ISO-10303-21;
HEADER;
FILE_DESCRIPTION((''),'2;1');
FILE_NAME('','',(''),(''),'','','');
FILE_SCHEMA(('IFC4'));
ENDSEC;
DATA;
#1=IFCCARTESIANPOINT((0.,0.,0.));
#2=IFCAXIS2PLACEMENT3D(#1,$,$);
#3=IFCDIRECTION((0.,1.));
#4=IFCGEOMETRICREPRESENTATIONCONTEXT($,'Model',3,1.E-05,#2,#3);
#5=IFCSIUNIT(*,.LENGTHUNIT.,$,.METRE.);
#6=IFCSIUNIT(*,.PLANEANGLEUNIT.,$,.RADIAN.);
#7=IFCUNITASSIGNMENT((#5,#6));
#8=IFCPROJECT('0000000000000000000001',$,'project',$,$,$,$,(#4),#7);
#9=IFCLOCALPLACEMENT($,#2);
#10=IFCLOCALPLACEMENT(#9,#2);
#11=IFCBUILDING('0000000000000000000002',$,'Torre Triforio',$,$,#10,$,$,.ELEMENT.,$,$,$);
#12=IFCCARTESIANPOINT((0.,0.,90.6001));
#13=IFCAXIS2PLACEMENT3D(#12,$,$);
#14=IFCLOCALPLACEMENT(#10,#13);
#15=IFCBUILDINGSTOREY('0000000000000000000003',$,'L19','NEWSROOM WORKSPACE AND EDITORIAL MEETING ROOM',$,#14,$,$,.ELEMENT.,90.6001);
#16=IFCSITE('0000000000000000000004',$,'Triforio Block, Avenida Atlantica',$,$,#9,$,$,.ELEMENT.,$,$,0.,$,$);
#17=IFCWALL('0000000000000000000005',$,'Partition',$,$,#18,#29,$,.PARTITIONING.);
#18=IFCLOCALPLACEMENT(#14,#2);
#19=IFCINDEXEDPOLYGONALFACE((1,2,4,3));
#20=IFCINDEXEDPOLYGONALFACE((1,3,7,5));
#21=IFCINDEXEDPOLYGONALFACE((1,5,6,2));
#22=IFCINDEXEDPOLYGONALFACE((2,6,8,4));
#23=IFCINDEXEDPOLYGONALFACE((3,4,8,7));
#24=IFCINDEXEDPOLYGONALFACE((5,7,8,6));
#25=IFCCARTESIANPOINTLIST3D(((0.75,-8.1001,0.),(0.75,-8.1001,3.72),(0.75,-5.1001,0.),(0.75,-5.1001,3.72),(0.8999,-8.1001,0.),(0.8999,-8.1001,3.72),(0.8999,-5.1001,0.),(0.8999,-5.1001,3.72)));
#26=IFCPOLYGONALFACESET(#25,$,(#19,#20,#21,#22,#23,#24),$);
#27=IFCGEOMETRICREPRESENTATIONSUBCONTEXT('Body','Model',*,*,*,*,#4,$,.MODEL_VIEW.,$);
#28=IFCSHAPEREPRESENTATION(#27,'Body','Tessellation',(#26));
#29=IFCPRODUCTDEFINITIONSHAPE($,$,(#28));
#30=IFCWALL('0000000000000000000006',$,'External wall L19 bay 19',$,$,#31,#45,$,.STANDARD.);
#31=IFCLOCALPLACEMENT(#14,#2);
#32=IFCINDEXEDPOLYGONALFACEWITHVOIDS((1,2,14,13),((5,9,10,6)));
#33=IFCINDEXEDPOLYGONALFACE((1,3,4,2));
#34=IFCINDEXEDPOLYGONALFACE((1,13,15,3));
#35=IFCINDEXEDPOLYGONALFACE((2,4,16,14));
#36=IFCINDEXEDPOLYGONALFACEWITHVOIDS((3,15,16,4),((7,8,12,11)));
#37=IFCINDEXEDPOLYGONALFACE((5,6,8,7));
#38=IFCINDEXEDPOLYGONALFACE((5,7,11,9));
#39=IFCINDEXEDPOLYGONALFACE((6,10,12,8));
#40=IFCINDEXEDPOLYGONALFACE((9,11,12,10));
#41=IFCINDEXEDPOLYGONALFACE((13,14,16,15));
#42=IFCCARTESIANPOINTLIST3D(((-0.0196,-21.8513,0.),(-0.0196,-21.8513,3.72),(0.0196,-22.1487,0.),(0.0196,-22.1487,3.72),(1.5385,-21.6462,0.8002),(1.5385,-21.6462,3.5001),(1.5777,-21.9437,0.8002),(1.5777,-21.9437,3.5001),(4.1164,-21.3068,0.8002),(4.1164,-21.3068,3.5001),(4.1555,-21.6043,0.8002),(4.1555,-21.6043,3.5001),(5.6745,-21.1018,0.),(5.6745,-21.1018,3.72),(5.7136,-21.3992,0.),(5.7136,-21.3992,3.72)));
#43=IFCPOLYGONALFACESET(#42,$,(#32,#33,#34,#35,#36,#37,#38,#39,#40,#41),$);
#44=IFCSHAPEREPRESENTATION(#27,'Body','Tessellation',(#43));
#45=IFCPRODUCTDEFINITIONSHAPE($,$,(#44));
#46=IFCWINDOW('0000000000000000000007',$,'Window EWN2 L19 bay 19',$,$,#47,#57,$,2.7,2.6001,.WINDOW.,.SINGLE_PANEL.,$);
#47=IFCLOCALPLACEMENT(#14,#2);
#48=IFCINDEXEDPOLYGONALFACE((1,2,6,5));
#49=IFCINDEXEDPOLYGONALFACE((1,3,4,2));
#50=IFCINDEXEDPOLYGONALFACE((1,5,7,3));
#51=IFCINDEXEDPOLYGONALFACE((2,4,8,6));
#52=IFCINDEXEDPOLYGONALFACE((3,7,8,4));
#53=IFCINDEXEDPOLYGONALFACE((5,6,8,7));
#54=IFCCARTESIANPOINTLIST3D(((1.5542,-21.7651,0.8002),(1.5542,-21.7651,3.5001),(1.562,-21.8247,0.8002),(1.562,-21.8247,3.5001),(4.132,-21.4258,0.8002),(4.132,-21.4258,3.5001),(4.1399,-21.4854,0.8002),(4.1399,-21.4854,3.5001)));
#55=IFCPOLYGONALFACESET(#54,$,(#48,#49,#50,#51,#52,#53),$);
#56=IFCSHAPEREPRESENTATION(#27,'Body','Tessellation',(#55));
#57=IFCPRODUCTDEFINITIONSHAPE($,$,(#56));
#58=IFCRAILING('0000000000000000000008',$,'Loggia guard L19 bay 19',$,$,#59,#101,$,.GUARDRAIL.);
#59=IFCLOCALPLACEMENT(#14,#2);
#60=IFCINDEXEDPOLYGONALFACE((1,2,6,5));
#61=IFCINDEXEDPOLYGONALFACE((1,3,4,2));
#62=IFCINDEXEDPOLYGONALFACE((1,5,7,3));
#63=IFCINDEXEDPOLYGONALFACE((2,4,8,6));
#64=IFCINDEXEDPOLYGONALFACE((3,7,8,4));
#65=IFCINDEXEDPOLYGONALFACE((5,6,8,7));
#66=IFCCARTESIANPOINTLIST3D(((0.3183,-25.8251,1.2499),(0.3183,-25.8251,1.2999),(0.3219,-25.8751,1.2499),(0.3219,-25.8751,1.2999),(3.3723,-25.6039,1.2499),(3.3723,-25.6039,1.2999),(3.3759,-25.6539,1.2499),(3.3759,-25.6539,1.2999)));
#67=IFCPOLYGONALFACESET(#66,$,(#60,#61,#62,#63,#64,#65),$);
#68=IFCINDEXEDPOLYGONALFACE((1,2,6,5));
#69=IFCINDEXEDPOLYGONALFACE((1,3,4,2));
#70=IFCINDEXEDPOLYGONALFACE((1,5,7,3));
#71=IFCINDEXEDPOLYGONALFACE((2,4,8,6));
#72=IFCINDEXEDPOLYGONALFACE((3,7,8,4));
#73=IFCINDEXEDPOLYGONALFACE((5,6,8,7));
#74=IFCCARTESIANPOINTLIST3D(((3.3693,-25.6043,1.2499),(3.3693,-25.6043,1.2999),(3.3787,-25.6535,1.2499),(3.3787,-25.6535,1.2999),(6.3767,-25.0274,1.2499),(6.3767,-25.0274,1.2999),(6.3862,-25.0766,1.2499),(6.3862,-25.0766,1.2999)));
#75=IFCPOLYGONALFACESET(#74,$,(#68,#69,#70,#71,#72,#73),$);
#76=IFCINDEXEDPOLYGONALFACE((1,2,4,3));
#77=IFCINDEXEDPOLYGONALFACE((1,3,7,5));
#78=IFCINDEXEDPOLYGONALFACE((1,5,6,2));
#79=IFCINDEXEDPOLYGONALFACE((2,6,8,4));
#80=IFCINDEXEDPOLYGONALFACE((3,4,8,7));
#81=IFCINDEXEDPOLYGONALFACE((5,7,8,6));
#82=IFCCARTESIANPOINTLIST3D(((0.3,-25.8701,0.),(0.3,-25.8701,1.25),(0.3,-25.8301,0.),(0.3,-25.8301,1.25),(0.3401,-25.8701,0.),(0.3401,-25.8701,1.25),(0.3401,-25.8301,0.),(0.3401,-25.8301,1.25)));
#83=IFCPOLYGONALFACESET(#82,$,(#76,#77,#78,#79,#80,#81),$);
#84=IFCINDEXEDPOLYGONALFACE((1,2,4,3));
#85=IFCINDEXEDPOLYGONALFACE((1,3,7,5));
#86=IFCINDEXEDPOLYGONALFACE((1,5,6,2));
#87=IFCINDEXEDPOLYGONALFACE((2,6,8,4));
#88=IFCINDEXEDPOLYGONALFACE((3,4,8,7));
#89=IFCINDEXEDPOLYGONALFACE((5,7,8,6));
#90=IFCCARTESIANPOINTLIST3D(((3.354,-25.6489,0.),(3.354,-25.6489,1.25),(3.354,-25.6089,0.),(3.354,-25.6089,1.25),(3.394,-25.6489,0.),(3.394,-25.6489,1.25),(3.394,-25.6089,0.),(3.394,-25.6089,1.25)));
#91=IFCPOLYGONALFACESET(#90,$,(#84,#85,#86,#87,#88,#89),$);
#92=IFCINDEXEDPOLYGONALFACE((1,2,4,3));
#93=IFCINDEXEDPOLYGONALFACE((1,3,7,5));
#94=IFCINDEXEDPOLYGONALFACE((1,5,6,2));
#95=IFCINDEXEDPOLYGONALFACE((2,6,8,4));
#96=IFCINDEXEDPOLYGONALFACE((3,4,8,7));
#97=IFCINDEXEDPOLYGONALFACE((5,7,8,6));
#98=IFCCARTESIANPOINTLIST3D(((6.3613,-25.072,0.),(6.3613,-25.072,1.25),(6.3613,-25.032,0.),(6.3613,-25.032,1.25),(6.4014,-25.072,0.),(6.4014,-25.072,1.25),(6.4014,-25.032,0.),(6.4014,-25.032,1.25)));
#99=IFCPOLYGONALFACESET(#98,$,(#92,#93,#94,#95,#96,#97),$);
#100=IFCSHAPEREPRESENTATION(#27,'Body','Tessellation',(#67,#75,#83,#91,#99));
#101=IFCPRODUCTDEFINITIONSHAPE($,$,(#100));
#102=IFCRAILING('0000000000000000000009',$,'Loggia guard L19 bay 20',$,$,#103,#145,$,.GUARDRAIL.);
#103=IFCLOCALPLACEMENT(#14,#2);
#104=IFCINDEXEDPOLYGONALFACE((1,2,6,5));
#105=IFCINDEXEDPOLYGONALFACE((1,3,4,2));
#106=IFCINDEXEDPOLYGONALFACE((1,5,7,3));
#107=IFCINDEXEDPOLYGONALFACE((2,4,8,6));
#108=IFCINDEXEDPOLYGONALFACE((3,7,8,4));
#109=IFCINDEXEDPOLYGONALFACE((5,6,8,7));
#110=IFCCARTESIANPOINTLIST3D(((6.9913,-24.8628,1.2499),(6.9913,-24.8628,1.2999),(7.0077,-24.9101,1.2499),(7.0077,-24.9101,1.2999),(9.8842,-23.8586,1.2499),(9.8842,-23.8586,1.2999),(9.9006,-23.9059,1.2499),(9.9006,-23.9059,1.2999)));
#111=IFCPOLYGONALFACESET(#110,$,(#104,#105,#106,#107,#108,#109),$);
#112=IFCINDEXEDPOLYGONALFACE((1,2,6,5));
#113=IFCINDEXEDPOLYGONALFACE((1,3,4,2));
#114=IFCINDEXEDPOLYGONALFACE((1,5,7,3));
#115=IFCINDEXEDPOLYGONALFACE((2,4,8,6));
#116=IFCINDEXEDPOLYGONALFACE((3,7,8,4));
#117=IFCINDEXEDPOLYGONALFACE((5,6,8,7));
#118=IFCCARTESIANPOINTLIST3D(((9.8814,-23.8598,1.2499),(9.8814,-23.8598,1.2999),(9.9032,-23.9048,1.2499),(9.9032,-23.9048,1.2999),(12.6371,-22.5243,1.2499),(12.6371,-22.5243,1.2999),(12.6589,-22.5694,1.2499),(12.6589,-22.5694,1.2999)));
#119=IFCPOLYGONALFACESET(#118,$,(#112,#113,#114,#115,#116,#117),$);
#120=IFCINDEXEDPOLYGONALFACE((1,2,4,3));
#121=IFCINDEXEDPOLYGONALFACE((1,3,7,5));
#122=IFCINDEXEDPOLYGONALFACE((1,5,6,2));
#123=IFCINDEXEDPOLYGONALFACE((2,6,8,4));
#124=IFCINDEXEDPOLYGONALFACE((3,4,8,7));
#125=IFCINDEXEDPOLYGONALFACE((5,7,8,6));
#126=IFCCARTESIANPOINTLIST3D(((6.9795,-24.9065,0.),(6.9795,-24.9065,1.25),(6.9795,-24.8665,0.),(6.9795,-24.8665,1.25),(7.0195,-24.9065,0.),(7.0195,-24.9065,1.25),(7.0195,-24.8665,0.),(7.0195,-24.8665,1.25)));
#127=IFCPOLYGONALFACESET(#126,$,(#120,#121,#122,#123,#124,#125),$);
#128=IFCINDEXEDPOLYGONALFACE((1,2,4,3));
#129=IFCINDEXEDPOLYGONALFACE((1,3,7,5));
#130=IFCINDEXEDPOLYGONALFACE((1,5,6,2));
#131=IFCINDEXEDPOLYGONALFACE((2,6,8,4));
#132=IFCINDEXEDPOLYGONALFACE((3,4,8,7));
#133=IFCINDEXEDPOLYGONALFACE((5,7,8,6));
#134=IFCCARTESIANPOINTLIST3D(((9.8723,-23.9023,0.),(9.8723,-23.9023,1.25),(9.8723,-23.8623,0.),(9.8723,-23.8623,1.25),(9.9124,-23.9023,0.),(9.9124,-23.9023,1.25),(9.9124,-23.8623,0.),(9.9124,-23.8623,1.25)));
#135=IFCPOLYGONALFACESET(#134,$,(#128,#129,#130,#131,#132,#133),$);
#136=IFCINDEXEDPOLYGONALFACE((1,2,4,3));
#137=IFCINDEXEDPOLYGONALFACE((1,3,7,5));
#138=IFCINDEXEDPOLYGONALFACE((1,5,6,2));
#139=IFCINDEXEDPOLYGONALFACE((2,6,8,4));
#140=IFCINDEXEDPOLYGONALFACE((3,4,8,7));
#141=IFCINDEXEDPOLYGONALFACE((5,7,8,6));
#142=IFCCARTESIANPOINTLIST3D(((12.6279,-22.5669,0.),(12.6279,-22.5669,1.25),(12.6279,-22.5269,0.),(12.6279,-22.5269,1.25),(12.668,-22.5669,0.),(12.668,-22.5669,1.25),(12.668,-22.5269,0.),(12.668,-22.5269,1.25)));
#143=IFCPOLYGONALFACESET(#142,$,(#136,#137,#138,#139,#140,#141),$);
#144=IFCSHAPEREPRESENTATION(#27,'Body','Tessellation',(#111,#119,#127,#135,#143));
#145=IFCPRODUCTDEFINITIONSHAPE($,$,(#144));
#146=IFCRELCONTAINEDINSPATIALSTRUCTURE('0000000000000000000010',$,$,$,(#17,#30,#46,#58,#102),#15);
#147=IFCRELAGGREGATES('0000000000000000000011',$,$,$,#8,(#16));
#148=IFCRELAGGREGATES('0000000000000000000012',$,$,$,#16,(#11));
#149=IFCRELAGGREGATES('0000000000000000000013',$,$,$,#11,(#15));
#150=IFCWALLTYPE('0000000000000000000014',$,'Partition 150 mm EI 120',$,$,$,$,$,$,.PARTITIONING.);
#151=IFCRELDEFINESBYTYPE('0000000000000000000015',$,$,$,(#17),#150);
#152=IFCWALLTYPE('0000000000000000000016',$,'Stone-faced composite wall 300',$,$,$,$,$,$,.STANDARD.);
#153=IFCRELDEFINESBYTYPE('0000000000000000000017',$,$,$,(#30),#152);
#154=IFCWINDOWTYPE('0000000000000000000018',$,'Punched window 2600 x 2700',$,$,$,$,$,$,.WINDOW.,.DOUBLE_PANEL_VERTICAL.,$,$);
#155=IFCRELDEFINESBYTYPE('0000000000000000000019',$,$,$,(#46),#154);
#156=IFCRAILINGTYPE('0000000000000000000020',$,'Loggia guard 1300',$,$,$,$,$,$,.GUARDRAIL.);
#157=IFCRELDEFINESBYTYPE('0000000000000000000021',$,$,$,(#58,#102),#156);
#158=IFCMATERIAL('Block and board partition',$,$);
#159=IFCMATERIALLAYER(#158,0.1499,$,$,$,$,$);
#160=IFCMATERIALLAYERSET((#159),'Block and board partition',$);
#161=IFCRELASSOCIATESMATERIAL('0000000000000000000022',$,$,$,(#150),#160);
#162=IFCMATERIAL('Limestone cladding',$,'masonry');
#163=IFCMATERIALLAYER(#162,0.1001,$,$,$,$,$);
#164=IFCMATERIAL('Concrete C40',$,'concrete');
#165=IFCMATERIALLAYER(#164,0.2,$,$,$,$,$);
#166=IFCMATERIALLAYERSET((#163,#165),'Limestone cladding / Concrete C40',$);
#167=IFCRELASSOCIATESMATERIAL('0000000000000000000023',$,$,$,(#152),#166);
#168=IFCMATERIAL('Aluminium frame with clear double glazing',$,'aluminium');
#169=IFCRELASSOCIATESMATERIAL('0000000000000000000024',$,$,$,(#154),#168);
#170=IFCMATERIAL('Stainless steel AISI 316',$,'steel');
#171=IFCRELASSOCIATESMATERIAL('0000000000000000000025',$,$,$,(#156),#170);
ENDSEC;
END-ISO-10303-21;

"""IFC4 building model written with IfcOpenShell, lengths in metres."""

from ifc_helpers import new_model, si_unit, direction, frame, frame_2d, origin, origin_2d, place, context, subcontext, project, spatial, rectangle, extrude, material, layer, layer_set, type_object, element, fill, save


model = new_model("IFC4")

# Units and contexts
model_context = context("Model", 3, precision=1e-05, world=origin(), true_north=direction((0.0, 1.0)))
body_context = subcontext(model_context, "Body", "Model", "MODEL_VIEW")
ifc_project = project(units=[si_unit("LENGTHUNIT", "METRE"), si_unit("PLANEANGLEUNIT", "RADIAN")], contexts=[model_context])

# Site, building, storey
site_placement = place(None, origin())
site = spatial("IfcSite", under=ifc_project, at=site_placement, Name="Triforio Block, Avenida Atlantica", CompositionType="ELEMENT", RefElevation=0.0)
building_placement = place(site_placement, origin())
building = spatial("IfcBuilding", under=site, at=building_placement, Name="Torre Triforio", CompositionType="ELEMENT")
storey_placement = place(building_placement, frame((0.0, 0.0, 90.6001)))
storey = spatial("IfcBuildingStorey", under=building, at=storey_placement, Name="L19", Description="NEWSROOM WORKSPACE AND EDITORIAL MEETING ROOM", CompositionType="ELEMENT", Elevation=90.6001)

# Wall
ifc_material_1 = material(Name="Block and board partition")
ifc_layer_1 = layer(ifc_material_1, 0.1499)
ifc_layer_set_1 = layer_set([ifc_layer_1], Name="Block and board partition")
wall_type_1 = type_object("IfcWallType", Name="Partition 150 mm EI 120", PredefinedType="PARTITIONING", material=ifc_layer_set_1)
wall_1_placement = place(storey_placement, frame((0.825, -8.1001, 0.0), z_axis=(0.0, 0.0, 1.0), x_axis=(0.0, 1.0, 0.0)))
element("IfcWall", 1, at=wall_1_placement, inside=storey, type_object=wall_type_1, Name="Partition", PredefinedType="PARTITIONING", context=body_context, shape_type="SweptSolid", body=[
    extrude(rectangle(XDim=3.0, YDim=0.1499, at=frame_2d((1.5, 0.0))), origin(), (0.0, 0.0, 1.0), 3.72),
])

# Wall, opening, window
ifc_material_2 = material(Name="Limestone cladding", Category="masonry")
ifc_layer_2 = layer(ifc_material_2, 0.1001)
ifc_material_3 = material(Name="Concrete C40", Category="concrete")
ifc_layer_3 = layer(ifc_material_3, 0.2)
ifc_layer_set_2 = layer_set([ifc_layer_2, ifc_layer_3], Name="Limestone cladding / Concrete C40")
wall_type_2 = type_object("IfcWallType", Name="Stone-faced composite wall 300", PredefinedType="STANDARD", material=ifc_layer_set_2)
wall_2_placement = place(storey_placement, frame((0.0, -22.0, 0.0), z_axis=(0.0, 0.0, 1.0), x_axis=(0.991448, 0.130504, 0.0)))
wall_2 = element("IfcWall", 2, at=wall_2_placement, inside=storey, type_object=wall_type_2, Name="External wall L19 bay 19", PredefinedType="STANDARD", context=body_context, shape_type="SweptSolid", body=[
    extrude(rectangle(XDim=5.7432, YDim=0.3, at=frame_2d((2.8716, 0.0))), origin(), (0.0, 0.0, 1.0), 3.72),
])
opening_1_placement = place(wall_2_placement, frame((1.5715, 0.0, 0.8)))
opening_1 = element("IfcOpeningElement", 3, at=opening_1_placement, cuts=wall_2, PredefinedType="OPENING", context=body_context, shape_type="SweptSolid", body=[
    extrude(rectangle(XDim=2.6001, YDim=2.7, at=frame_2d((1.3, 1.3501))), frame((0.0, 0.1599, 0.0), z_axis=(0.0, -1.0, 0.0), x_axis=(1.0, 0.0, 0.0)), (0.0, 0.0, 1.0), 0.3201),
])
ifc_material_4 = material(Name="Aluminium frame with clear double glazing", Category="aluminium")
window_type_1 = type_object("IfcWindowType", Name="Punched window 2600 x 2700", PartitioningType="DOUBLE_PANEL_VERTICAL", PredefinedType="WINDOW", material=ifc_material_4)
window_1_placement = place(opening_1_placement, origin())
window_1 = element("IfcWindow", 4, at=window_1_placement, inside=storey, type_object=window_type_1, Name="Window EWN2 L19 bay 19", OverallHeight=2.7, OverallWidth=2.6001, PartitioningType="SINGLE_PANEL", PredefinedType="WINDOW", context=body_context, shape_type="SweptSolid", body=[
    extrude(rectangle(XDim=2.6001, YDim=2.7, at=frame_2d((1.3, 1.3501))), frame((0.0, 0.03, 0.0), z_axis=(0.0, -1.0, 0.0), x_axis=(1.0, 0.0, 0.0)), (0.0, 0.0, 1.0), 0.0601),
])
fill(opening_1, window_1)

# Railings
ifc_material_5 = material(Name="Stainless steel AISI 316", Category="steel")
railing_type = type_object("IfcRailingType", Name="Loggia guard 1300", PredefinedType="GUARDRAIL", material=ifc_material_5)
railing_1_placement = place(storey_placement, frame((0.3201, -25.8501, 0.0)))
element("IfcRailing", 5, at=railing_1_placement, inside=storey, type_object=railing_type, Name="Loggia guard L19 bay 19", PredefinedType="GUARDRAIL", context=body_context, shape_type="SweptSolid", body=[
    extrude(rectangle(XDim=0.05, YDim=0.05, at=origin_2d()), frame((0.0, 0.0, 1.2749), z_axis=(0.997387, 0.072239, 0.0), x_axis=(-0.072239, 0.997387, 0.0)), (0.0, 0.0, 1.0), 3.062),
    extrude(rectangle(XDim=0.05, YDim=0.05, at=origin_2d()), frame((3.054, 0.2212, 1.2749), z_axis=(0.982093, 0.188398, 0.0), x_axis=(-0.188398, 0.982093, 0.0)), (0.0, 0.0, 1.0), 3.0623),
    extrude(rectangle(XDim=0.04, YDim=0.04, at=origin_2d()), origin(), (0.0, 0.0, 1.0), 1.25),
    extrude(rectangle(XDim=0.04, YDim=0.04, at=origin_2d()), frame((3.054, 0.2212, 0.0)), (0.0, 0.0, 1.0), 1.25),
    extrude(rectangle(XDim=0.04, YDim=0.04, at=origin_2d()), frame((6.0613, 0.7981, 0.0)), (0.0, 0.0, 1.0), 1.25),
])
railing_2_placement = place(storey_placement, frame((6.9995, -24.8865, 0.0)))
element("IfcRailing", 6, at=railing_2_placement, inside=storey, type_object=railing_type, Name="Loggia guard L19 bay 20", PredefinedType="GUARDRAIL", context=body_context, shape_type="SweptSolid", body=[
    extrude(rectangle(XDim=0.05, YDim=0.05, at=origin_2d()), frame((0.0, 0.0, 1.2749), z_axis=(0.944704, 0.327924, 0.0), x_axis=(-0.327924, 0.944704, 0.0)), (0.0, 0.0, 1.0), 3.0623),
    extrude(rectangle(XDim=0.05, YDim=0.05, at=origin_2d()), frame((2.8928, 1.0042, 1.2749), z_axis=(0.899892, 0.436113, 0.0), x_axis=(-0.436113, 0.899892, 0.0)), (0.0, 0.0, 1.0), 3.0623),
    extrude(rectangle(XDim=0.04, YDim=0.04, at=origin_2d()), origin(), (0.0, 0.0, 1.0), 1.25),
    extrude(rectangle(XDim=0.04, YDim=0.04, at=origin_2d()), frame((2.8928, 1.0042, 0.0)), (0.0, 0.0, 1.0), 1.25),
    extrude(rectangle(XDim=0.04, YDim=0.04, at=origin_2d()), frame((5.6484, 2.3396, 0.0)), (0.0, 0.0, 1.0), 1.25),
])

save(model, "model.ifc")
